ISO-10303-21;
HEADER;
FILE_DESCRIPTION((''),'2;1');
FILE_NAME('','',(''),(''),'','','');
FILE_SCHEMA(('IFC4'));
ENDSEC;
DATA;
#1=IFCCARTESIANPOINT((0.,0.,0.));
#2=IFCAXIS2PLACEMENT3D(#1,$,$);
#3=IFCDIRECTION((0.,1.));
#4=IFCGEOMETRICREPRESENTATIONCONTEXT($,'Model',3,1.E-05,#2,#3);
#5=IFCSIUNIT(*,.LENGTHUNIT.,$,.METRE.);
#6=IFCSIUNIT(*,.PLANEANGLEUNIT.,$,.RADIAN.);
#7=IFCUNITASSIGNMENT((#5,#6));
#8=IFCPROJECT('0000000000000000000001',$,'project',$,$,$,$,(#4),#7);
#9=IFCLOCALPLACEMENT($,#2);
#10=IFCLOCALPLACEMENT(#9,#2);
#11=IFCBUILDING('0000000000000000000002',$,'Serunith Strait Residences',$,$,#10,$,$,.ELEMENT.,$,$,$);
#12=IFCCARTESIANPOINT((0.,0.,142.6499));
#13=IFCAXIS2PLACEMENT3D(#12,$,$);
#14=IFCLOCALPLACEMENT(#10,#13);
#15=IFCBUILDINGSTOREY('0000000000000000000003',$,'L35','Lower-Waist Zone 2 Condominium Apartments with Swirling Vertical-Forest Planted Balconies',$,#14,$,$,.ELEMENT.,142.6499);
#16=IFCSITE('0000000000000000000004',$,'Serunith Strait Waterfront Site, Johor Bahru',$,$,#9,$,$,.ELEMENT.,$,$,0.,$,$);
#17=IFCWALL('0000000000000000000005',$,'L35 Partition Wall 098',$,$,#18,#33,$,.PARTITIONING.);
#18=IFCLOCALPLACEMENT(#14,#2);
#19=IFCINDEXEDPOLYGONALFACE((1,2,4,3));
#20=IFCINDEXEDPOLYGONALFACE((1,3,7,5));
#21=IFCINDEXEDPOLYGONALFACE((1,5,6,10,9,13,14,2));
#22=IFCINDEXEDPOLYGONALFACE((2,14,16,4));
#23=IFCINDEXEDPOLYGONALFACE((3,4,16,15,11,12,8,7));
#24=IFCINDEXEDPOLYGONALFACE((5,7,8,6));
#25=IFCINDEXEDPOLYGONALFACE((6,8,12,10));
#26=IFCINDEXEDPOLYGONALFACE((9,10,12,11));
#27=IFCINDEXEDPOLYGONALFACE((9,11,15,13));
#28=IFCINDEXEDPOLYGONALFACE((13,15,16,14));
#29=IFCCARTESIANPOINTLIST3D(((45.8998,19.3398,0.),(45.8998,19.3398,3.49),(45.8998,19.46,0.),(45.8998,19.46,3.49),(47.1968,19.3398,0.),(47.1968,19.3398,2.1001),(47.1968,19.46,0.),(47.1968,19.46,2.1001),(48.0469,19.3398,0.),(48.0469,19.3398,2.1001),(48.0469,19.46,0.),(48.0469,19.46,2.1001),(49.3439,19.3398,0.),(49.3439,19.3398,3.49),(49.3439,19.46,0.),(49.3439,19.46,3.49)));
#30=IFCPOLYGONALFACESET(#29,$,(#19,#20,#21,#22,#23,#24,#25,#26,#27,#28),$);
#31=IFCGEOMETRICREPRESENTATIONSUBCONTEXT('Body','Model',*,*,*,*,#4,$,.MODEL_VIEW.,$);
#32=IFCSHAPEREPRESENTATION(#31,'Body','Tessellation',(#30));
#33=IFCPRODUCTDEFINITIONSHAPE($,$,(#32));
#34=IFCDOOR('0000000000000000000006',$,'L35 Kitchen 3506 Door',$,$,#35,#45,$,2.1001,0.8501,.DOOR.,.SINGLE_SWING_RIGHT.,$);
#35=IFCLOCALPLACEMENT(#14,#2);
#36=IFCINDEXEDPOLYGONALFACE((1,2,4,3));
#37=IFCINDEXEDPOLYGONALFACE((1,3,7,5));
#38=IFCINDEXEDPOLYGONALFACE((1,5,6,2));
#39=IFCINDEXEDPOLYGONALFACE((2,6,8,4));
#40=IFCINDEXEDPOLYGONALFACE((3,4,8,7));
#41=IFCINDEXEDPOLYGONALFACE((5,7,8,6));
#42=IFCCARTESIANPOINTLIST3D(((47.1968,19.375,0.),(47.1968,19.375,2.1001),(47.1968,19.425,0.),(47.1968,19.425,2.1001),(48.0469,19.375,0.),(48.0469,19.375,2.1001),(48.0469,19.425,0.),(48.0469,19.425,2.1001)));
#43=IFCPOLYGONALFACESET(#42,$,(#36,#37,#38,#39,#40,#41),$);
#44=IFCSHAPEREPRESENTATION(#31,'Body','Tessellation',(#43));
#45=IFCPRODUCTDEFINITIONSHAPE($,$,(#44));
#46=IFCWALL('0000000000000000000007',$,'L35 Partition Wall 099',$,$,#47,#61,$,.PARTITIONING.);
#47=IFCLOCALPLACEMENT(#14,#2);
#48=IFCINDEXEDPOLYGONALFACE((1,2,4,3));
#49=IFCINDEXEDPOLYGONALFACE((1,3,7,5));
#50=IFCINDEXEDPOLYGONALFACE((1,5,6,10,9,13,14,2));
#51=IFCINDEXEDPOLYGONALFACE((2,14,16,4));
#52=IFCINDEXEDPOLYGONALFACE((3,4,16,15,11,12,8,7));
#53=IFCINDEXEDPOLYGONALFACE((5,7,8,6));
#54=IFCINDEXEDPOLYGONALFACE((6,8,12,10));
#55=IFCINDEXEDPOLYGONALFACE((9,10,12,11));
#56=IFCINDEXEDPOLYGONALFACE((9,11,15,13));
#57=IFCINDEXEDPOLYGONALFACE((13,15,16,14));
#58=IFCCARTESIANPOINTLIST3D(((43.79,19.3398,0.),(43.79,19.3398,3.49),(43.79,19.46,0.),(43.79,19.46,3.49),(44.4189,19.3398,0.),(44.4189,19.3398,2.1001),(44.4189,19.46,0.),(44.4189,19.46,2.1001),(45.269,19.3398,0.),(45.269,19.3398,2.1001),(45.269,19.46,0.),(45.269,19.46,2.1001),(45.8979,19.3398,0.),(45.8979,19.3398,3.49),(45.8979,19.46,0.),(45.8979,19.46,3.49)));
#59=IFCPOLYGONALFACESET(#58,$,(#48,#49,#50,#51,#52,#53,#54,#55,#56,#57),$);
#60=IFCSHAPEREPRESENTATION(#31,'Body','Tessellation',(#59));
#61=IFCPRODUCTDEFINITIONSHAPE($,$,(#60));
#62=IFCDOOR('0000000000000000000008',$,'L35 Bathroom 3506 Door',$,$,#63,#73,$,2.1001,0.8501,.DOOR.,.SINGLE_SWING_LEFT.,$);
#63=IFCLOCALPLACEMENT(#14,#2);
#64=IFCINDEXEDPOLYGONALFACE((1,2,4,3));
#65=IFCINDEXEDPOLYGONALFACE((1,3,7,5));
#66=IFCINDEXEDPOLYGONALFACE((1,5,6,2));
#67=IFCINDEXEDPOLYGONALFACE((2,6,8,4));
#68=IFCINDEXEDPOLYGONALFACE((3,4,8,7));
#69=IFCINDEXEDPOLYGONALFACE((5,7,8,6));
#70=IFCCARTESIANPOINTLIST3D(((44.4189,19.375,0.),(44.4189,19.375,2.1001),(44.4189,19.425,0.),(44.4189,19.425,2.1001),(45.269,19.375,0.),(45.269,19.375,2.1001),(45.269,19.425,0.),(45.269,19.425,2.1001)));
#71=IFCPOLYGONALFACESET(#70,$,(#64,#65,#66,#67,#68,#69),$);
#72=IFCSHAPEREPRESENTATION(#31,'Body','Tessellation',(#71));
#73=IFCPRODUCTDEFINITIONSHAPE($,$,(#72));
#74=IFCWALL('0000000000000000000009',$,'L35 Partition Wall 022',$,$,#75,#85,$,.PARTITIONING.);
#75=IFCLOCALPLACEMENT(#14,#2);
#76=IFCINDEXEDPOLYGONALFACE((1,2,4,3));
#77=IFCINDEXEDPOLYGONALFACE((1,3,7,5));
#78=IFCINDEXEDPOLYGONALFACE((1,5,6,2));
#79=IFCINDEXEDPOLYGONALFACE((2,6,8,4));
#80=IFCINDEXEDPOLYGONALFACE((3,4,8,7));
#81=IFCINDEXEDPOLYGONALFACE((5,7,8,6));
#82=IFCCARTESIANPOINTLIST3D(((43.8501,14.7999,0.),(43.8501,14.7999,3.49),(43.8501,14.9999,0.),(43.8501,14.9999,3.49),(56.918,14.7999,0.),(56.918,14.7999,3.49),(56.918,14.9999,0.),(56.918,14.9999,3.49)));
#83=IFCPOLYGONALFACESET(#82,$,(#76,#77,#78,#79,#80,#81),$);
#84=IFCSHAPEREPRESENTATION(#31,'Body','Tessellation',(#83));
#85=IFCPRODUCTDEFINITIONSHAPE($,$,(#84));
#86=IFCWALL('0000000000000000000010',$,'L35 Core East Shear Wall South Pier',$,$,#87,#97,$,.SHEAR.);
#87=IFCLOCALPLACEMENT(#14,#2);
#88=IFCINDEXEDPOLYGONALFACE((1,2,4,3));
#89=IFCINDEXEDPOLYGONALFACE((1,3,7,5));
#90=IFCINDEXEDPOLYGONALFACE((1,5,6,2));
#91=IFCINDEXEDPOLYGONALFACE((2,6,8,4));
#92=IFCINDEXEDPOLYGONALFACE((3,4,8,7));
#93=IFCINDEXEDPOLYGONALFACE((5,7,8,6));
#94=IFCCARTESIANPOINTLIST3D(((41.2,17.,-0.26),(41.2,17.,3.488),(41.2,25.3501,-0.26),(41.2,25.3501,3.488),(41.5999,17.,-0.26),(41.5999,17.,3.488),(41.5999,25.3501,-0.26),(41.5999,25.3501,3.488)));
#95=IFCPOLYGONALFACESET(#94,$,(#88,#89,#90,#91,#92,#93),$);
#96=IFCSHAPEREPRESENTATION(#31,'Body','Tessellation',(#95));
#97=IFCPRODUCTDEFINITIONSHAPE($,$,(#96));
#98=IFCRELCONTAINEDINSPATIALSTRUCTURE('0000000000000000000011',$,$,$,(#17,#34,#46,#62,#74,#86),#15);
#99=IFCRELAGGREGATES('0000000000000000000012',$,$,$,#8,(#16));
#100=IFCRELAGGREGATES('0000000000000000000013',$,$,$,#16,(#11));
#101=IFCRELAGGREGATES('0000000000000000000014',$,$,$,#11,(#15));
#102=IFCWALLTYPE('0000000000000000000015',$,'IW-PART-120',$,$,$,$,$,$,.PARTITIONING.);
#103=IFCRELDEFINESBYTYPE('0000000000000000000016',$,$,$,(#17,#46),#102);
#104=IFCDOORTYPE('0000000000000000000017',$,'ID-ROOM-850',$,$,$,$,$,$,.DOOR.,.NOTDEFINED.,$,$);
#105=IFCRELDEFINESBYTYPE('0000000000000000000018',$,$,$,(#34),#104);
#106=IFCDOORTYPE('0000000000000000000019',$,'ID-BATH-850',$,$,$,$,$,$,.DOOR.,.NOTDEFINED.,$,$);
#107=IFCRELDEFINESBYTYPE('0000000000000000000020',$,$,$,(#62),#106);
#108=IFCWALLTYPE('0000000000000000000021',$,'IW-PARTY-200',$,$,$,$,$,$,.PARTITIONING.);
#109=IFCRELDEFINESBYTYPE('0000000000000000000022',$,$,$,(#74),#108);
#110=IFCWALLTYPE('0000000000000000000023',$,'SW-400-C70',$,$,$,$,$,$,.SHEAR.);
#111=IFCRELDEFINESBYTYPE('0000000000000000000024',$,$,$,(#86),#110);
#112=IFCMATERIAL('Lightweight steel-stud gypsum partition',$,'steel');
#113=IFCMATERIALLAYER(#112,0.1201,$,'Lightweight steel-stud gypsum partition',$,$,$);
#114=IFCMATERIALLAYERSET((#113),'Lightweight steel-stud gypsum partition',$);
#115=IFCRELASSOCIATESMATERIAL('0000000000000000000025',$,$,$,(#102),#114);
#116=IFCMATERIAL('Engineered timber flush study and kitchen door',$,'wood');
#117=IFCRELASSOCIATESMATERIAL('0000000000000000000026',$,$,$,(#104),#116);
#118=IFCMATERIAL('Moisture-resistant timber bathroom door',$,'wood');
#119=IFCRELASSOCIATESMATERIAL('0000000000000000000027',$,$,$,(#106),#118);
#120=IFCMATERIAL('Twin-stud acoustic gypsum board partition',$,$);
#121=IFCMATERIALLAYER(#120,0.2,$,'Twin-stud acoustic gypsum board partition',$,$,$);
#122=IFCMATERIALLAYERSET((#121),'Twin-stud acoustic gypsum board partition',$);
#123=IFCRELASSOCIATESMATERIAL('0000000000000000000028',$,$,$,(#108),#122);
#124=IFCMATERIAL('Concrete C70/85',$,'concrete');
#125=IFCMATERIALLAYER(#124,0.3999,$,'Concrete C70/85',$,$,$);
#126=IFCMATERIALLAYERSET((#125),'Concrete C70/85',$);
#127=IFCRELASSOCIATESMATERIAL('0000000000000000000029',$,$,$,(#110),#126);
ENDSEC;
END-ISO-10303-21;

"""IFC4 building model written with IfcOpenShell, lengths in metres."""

from ifc_helpers import new_model, si_unit, direction, frame, frame_2d, origin, place, context, subcontext, project, spatial, rectangle, extrude, source, transform, mapped, material, layer, layer_set, type_object, element, fill, save


model = new_model("IFC4")

# Units and contexts
model_context = context("Model", 3, precision=1e-05, world=origin(), true_north=direction((0.0, 1.0)))
body_context = subcontext(model_context, "Body", "Model", "MODEL_VIEW")
ifc_project = project(units=[si_unit("LENGTHUNIT", "METRE"), si_unit("PLANEANGLEUNIT", "RADIAN")], contexts=[model_context])

# Site, building, storey
site_placement = place(None, origin())
site = spatial("IfcSite", under=ifc_project, at=site_placement, Name="Serunith Strait Waterfront Site, Johor Bahru", CompositionType="ELEMENT", RefElevation=0.0)
building_placement = place(site_placement, origin())
building = spatial("IfcBuilding", under=site, at=building_placement, Name="Serunith Strait Residences", CompositionType="ELEMENT")
storey_placement = place(building_placement, frame((0.0, 0.0, 142.6499)))
storey = spatial("IfcBuildingStorey", under=building, at=storey_placement, Name="L35", Description="Lower-Waist Zone 2 Condominium Apartments with Swirling Vertical-Forest Planted Balconies", CompositionType="ELEMENT", Elevation=142.6499)

# Shared definitions
ifc_material_1 = material(Name="Lightweight steel-stud gypsum partition", Category="steel")
ifc_layer_1 = layer(ifc_material_1, 0.1201, Name="Lightweight steel-stud gypsum partition")
ifc_layer_set_1 = layer_set([ifc_layer_1], Name="Lightweight steel-stud gypsum partition")
wall_type_1 = type_object("IfcWallType", Name="IW-PART-120", PredefinedType="PARTITIONING", material=ifc_layer_set_1)

# Walls, openings, doors
wall_1_placement = place(storey_placement, frame((49.344, 19.3999, 0.0), z_axis=(0.0, 0.0, 1.0), x_axis=(-1.0, 0.0, 0.0)))
wall_1 = element("IfcWall", 1, at=wall_1_placement, inside=storey, type_object=wall_type_1, Name="L35 Partition Wall 098", PredefinedType="PARTITIONING", context=body_context, shape_type="SweptSolid", body=[
    extrude(rectangle(XDim=3.4441, YDim=0.1201, at=frame_2d((1.7222, 0.0))), origin(), (0.0, 0.0, 1.0), 3.49),
])
opening_1_placement = place(wall_1_placement, frame((1.2971, 0.0, 0.0)))
opening_1 = element("IfcOpeningElement", 2, at=opening_1_placement, cuts=wall_1, PredefinedType="OPENING", context=body_context, shape_type="SweptSolid", body=[
    extrude(rectangle(XDim=0.8501, YDim=2.1001, at=frame_2d((0.425, 1.05))), frame((0.0, 0.0701, 0.0), z_axis=(0.0, -1.0, 0.0), x_axis=(1.0, 0.0, 0.0)), (0.0, 0.0, 1.0), 0.1401),
])
ifc_material_2 = material(Name="Engineered timber flush study and kitchen door", Category="wood")
door_type_1 = type_object("IfcDoorType", Name="ID-ROOM-850", OperationType="NOTDEFINED", PredefinedType="DOOR", material=ifc_material_2)
shared_shape_1 = source(origin(), body_context, "Body", "SweptSolid", [
    extrude(rectangle(XDim=0.8501, YDim=2.1001, at=frame_2d((0.425, 1.05))), frame((0.0, 0.0249, 0.0), z_axis=(0.0, -1.0, 0.0), x_axis=(1.0, 0.0, 0.0)), (0.0, 0.0, 1.0), 0.05),
])
door_1_placement = place(opening_1_placement, origin())
door_1 = element("IfcDoor", 3, at=door_1_placement, inside=storey, type_object=door_type_1, Name="L35 Kitchen 3506 Door", OperationType="SINGLE_SWING_RIGHT", OverallHeight=2.1001, OverallWidth=0.8501, PredefinedType="DOOR", context=body_context, shape_type="MappedRepresentation", body=[
    mapped(shared_shape_1, transform((0.0, 0.0, 0.0), scale=1.0)),
])
fill(opening_1, door_1)
wall_2_placement = place(storey_placement, frame((45.8979, 19.3999, 0.0), z_axis=(0.0, 0.0, 1.0), x_axis=(-1.0, 0.0, 0.0)))
wall_2 = element("IfcWall", 4, at=wall_2_placement, inside=storey, type_object=wall_type_1, Name="L35 Partition Wall 099", PredefinedType="PARTITIONING", context=body_context, shape_type="SweptSolid", body=[
    extrude(rectangle(XDim=2.1079, YDim=0.1201, at=frame_2d((1.054, 0.0))), origin(), (0.0, 0.0, 1.0), 3.49),
])
opening_2_placement = place(wall_2_placement, frame((0.6289, 0.0, 0.0)))
opening_2 = element("IfcOpeningElement", 5, at=opening_2_placement, cuts=wall_2, PredefinedType="OPENING", context=body_context, shape_type="SweptSolid", body=[
    extrude(rectangle(XDim=0.8501, YDim=2.1001, at=frame_2d((0.425, 1.05))), frame((0.0, 0.0701, 0.0), z_axis=(0.0, -1.0, 0.0), x_axis=(1.0, 0.0, 0.0)), (0.0, 0.0, 1.0), 0.1401),
])
ifc_material_3 = material(Name="Moisture-resistant timber bathroom door", Category="wood")
door_type_2 = type_object("IfcDoorType", Name="ID-BATH-850", OperationType="NOTDEFINED", PredefinedType="DOOR", material=ifc_material_3)
door_2_placement = place(opening_2_placement, origin())
door_2 = element("IfcDoor", 6, at=door_2_placement, inside=storey, type_object=door_type_2, Name="L35 Bathroom 3506 Door", OperationType="SINGLE_SWING_LEFT", OverallHeight=2.1001, OverallWidth=0.8501, PredefinedType="DOOR", context=body_context, shape_type="MappedRepresentation", body=[
    mapped(shared_shape_1, transform((0.0, 0.0, 0.0), scale=1.0)),
])
fill(opening_2, door_2)

# Walls
ifc_material_4 = material(Name="Twin-stud acoustic gypsum board partition")
ifc_layer_2 = layer(ifc_material_4, 0.2, Name="Twin-stud acoustic gypsum board partition")
ifc_layer_set_2 = layer_set([ifc_layer_2], Name="Twin-stud acoustic gypsum board partition")
wall_type_2 = type_object("IfcWallType", Name="IW-PARTY-200", PredefinedType="PARTITIONING", material=ifc_layer_set_2)
wall_3_placement = place(storey_placement, frame((43.8501, 14.8999, 0.0), z_axis=(0.0, 0.0, 1.0), x_axis=(1.0, 0.0, 0.0)))
element("IfcWall", 7, at=wall_3_placement, inside=storey, type_object=wall_type_2, Name="L35 Partition Wall 022", PredefinedType="PARTITIONING", context=body_context, shape_type="SweptSolid", body=[
    extrude(rectangle(XDim=13.0679, YDim=0.2, at=frame_2d((6.5339, 0.0))), origin(), (0.0, 0.0, 1.0), 3.49),
])
ifc_material_5 = material(Name="Concrete C70/85", Category="concrete")
ifc_layer_3 = layer(ifc_material_5, 0.3999, Name="Concrete C70/85")
ifc_layer_set_3 = layer_set([ifc_layer_3], Name="Concrete C70/85")
wall_type_3 = type_object("IfcWallType", Name="SW-400-C70", PredefinedType="SHEAR", material=ifc_layer_set_3)
wall_4_placement = place(storey_placement, frame((41.3999, 17.0, -0.26), z_axis=(0.0, 0.0, 1.0), x_axis=(0.0, 1.0, 0.0)))
element("IfcWall", 8, at=wall_4_placement, inside=storey, type_object=wall_type_3, Name="L35 Core East Shear Wall South Pier", PredefinedType="SHEAR", context=body_context, shape_type="SweptSolid", body=[
    extrude(rectangle(XDim=8.3501, YDim=0.3999, at=frame_2d((4.175, 0.0))), origin(), (0.0, 0.0, 1.0), 3.748),
])

save(model, "model.ifc")
